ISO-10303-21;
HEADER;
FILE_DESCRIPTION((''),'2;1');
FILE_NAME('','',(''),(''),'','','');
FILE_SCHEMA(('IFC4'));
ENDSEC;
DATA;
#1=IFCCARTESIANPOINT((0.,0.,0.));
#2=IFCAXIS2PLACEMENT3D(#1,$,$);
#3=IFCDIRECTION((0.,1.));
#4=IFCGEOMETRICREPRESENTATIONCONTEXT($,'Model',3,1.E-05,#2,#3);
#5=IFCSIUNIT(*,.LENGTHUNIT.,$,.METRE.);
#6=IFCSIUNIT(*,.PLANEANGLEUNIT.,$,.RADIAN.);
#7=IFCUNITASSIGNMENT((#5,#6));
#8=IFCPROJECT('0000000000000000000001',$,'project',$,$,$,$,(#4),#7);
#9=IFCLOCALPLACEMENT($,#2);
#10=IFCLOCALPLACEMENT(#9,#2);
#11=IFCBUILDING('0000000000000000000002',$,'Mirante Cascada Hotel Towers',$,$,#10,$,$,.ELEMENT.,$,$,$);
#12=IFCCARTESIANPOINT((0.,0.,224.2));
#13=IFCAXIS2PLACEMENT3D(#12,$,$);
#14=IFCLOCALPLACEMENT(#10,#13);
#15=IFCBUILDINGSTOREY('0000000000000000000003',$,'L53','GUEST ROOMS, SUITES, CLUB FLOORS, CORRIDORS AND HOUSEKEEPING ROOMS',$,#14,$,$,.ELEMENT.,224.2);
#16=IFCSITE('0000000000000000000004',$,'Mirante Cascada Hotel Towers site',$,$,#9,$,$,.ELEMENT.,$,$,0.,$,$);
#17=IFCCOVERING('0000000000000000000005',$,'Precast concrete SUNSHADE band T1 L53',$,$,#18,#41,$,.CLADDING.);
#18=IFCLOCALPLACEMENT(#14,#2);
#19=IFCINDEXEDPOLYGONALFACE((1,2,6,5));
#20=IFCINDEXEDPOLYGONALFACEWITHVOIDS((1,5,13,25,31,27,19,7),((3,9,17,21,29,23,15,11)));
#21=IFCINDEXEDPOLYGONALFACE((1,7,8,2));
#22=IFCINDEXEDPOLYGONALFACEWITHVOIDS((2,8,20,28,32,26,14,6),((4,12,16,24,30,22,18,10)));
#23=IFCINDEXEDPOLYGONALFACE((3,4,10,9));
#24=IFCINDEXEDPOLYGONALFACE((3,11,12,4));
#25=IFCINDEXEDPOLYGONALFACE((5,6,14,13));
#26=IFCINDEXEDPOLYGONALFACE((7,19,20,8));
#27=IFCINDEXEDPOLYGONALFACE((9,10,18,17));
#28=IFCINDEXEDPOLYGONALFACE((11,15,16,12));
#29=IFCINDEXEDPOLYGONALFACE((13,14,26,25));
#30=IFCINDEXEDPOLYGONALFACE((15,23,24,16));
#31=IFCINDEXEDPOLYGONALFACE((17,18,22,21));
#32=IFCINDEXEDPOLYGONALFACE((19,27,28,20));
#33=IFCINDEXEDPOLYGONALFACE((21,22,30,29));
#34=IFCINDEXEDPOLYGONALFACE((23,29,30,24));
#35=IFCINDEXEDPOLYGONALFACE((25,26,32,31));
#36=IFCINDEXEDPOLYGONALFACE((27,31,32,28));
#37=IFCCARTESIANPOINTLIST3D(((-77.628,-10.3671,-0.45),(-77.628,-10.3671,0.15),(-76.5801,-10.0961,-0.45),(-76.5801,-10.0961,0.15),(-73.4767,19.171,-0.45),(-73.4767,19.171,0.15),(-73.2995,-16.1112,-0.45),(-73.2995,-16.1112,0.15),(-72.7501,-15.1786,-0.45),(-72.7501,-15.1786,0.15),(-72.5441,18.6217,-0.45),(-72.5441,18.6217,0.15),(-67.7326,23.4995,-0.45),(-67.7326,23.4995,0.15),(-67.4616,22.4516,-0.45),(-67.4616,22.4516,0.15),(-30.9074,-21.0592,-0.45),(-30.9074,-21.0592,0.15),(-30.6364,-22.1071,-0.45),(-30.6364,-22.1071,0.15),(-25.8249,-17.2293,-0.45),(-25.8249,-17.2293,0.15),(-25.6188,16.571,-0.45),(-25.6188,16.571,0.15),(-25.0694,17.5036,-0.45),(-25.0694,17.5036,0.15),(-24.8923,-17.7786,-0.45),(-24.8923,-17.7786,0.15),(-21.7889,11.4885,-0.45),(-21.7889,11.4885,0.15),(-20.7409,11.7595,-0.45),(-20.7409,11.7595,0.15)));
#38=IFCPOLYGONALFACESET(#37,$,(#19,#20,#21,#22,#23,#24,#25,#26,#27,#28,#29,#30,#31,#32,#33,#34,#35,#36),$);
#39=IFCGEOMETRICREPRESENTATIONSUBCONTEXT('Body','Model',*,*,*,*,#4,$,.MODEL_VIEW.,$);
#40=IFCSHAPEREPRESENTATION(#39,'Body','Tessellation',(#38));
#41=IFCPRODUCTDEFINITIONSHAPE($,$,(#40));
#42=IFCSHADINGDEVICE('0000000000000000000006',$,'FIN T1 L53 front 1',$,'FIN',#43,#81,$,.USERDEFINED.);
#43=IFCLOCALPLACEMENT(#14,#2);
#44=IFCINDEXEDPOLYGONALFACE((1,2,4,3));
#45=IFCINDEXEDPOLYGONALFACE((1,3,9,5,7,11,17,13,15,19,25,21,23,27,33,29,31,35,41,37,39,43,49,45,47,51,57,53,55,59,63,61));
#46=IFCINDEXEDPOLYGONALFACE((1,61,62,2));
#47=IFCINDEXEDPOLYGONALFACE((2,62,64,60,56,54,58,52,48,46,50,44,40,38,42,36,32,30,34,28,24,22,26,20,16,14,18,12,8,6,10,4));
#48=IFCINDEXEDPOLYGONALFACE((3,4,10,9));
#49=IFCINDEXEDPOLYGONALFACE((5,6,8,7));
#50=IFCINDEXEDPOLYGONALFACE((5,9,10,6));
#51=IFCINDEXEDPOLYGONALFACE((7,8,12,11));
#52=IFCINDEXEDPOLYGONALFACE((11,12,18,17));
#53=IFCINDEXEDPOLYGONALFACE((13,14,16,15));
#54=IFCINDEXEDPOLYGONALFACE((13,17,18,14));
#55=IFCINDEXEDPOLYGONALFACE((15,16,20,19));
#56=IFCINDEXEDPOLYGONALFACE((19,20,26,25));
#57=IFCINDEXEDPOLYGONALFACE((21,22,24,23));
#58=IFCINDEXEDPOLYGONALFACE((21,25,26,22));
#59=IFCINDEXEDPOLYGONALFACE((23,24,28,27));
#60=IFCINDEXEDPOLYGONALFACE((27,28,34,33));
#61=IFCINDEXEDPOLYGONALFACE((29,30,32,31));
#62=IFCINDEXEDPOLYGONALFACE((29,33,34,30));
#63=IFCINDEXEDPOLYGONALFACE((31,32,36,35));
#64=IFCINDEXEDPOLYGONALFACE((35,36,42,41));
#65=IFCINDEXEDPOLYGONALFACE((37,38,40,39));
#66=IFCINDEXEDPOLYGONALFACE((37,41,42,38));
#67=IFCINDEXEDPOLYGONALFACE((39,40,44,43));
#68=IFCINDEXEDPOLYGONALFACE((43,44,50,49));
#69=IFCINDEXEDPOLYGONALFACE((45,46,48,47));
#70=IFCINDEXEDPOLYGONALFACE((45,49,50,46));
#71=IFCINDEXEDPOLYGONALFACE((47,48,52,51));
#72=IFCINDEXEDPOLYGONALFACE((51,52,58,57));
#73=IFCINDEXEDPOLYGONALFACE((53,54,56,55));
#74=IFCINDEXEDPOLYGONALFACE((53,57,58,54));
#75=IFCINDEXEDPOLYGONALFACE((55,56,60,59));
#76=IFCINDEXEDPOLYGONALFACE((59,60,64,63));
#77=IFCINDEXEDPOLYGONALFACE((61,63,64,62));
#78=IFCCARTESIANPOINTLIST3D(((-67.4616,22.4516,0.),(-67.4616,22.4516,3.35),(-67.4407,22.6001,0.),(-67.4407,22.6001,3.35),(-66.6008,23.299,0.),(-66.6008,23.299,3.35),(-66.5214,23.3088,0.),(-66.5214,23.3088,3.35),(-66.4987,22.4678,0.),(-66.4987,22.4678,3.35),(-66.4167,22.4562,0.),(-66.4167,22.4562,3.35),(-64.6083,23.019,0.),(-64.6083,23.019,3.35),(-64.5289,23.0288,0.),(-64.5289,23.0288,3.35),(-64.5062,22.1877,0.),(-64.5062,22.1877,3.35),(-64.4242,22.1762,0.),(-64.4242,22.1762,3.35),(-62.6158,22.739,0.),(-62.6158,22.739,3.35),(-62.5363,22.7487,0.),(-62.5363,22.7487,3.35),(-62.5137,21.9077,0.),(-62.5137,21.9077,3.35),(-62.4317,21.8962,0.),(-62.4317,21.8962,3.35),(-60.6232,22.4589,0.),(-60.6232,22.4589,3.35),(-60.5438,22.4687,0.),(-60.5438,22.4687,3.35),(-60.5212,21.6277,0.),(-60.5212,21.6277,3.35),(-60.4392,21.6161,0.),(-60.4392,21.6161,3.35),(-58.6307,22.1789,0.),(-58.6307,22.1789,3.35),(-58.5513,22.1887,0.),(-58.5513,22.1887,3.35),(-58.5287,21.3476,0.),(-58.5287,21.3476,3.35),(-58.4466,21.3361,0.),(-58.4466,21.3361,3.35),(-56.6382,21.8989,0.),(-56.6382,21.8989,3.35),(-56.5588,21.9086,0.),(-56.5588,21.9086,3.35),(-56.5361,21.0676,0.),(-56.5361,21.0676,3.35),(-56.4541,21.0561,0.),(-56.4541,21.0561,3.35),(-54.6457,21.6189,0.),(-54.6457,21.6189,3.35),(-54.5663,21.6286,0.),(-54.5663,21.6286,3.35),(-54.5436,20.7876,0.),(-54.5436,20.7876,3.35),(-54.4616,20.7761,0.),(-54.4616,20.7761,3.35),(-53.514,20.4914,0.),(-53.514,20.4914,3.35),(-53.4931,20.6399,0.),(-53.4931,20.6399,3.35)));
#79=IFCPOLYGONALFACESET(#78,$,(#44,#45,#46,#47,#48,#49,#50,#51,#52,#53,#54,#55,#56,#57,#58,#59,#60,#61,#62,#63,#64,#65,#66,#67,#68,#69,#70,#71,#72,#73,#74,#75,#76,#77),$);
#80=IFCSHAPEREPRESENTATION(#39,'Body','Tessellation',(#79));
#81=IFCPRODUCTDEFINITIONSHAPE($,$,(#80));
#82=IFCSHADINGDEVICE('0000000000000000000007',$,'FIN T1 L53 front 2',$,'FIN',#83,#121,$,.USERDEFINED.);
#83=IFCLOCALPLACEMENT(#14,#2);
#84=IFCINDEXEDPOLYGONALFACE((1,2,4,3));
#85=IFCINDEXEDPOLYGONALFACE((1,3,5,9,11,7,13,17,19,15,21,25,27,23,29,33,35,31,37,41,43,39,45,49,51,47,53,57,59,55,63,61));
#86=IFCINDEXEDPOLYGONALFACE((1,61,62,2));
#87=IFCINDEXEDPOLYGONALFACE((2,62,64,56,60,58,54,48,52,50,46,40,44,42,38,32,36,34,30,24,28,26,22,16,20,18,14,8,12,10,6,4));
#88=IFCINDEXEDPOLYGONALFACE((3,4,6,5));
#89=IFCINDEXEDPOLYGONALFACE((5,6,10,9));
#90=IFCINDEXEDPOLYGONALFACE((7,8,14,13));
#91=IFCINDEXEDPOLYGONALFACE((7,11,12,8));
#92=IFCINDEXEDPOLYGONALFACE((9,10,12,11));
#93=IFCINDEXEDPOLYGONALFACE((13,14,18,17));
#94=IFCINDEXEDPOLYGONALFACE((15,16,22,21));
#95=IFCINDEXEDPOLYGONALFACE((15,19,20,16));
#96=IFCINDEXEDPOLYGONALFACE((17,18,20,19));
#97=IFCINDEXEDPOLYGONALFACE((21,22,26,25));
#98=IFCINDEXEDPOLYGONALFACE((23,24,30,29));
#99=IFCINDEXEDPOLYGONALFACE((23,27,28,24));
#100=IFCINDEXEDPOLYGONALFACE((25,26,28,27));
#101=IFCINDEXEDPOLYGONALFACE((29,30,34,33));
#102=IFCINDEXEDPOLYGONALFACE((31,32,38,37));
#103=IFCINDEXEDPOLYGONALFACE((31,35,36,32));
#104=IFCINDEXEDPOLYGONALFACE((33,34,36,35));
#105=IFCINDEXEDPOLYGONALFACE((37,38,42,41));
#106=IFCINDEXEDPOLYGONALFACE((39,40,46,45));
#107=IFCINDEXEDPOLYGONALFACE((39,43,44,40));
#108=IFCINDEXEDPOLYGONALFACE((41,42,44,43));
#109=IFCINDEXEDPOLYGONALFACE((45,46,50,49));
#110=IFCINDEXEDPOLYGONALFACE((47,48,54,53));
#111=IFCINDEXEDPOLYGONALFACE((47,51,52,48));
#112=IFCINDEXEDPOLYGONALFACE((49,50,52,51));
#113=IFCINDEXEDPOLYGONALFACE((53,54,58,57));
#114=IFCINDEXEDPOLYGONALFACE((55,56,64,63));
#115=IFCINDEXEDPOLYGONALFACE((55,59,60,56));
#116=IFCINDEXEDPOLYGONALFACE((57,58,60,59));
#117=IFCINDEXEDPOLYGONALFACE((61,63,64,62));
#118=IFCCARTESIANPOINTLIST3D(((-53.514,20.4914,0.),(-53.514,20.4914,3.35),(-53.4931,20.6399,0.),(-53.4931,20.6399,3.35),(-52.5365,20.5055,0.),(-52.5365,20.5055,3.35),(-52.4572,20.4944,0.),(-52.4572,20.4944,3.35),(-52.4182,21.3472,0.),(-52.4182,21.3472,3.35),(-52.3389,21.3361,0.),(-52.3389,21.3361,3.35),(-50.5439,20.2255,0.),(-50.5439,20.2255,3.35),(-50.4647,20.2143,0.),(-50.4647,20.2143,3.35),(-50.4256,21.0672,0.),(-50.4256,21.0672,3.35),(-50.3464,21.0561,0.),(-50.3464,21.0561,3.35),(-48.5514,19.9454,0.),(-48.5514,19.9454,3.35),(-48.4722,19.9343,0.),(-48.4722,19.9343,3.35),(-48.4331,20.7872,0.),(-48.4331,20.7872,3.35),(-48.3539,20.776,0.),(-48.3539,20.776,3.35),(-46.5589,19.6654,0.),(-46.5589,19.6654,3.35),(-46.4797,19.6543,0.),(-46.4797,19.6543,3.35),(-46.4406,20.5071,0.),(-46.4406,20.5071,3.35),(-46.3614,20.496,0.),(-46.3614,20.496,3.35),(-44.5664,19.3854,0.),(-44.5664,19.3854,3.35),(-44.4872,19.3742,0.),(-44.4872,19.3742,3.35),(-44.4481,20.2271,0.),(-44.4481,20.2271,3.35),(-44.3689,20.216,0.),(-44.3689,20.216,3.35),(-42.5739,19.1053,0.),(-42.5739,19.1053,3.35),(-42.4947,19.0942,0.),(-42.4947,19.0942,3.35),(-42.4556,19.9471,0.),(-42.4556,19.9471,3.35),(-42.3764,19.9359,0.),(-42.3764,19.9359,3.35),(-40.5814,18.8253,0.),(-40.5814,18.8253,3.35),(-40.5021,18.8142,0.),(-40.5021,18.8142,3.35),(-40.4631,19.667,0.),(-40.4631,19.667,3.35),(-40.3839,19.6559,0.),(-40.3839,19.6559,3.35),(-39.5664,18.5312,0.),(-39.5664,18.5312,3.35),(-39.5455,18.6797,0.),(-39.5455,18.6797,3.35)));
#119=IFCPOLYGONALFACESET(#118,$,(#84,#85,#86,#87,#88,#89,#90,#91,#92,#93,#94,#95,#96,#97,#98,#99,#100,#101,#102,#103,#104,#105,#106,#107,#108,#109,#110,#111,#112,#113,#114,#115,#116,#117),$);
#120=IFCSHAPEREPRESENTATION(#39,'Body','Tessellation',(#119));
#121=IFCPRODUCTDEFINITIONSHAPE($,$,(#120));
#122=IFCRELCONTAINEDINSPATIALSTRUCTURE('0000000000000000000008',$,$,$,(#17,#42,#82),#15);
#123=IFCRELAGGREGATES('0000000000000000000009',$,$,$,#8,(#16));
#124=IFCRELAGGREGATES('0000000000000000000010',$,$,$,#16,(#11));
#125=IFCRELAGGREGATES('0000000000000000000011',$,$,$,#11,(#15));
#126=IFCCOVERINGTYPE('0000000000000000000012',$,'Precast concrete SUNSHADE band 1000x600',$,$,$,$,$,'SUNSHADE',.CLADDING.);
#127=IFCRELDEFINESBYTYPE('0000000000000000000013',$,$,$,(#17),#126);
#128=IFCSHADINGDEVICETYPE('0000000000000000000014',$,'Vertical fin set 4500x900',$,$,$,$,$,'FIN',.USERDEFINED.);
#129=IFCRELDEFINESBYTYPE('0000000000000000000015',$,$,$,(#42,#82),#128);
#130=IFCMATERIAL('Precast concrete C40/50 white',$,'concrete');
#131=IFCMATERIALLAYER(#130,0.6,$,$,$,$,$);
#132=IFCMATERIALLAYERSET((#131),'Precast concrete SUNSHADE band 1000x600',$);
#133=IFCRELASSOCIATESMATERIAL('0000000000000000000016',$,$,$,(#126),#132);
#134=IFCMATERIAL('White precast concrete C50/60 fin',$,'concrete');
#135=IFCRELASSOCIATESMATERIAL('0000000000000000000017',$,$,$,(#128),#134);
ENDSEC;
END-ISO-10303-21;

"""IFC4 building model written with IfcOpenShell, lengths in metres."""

from ifc_helpers import new_model, si_unit, direction, frame, origin, place, context, subcontext, project, spatial, polyline, outline, extrude, material, layer, layer_set, type_object, element, save


model = new_model("IFC4")

# Units and contexts
model_context = context("Model", 3, precision=1e-05, world=origin(), true_north=direction((0.0, 1.0)))
body_context = subcontext(model_context, "Body", "Model", "MODEL_VIEW")
ifc_project = project(units=[si_unit("LENGTHUNIT", "METRE"), si_unit("PLANEANGLEUNIT", "RADIAN")], contexts=[model_context])

# Site, building, storey
site_placement = place(None, origin())
site = spatial("IfcSite", under=ifc_project, at=site_placement, Name="Mirante Cascada Hotel Towers site", CompositionType="ELEMENT", RefElevation=0.0)
building_placement = place(site_placement, origin())
building = spatial("IfcBuilding", under=site, at=building_placement, Name="Mirante Cascada Hotel Towers", CompositionType="ELEMENT")
storey_placement = place(building_placement, frame((0.0, 0.0, 224.2)))
storey = spatial("IfcBuildingStorey", under=building, at=storey_placement, Name="L53", Description="GUEST ROOMS, SUITES, CLUB FLOORS, CORRIDORS AND HOUSEKEEPING ROOMS", CompositionType="ELEMENT", Elevation=224.2)

# Covering
ifc_material_1 = material(Name="Precast concrete C40/50 white", Category="concrete")
ifc_layer_1 = layer(ifc_material_1, 0.6)
ifc_layer_set_1 = layer_set([ifc_layer_1], Name="Precast concrete SUNSHADE band 1000x600")
covering_type = type_object("IfcCoveringType", Name="Precast concrete SUNSHADE band 1000x600", ElementType="SUNSHADE", PredefinedType="CLADDING", material=ifc_layer_set_1)
covering_placement = place(storey_placement, frame((0.0, 0.0, -0.45)))
element("IfcCovering", 1, at=covering_placement, inside=storey, type_object=covering_type, Name="Precast concrete SUNSHADE band T1 L53", PredefinedType="CLADDING", context=body_context, shape_type="SweptSolid", body=[
    extrude(outline(polyline([(-77.628, -10.3671), (-73.4767, 19.171), (-67.7326, 23.4995), (-25.0694, 17.5036), (-20.7409, 11.7595), (-24.8923, -17.7786), (-30.6364, -22.1071), (-73.2995, -16.1112), (-77.628, -10.3671)]), holes=[polyline([(-21.7889, 11.4885), (-25.6188, 16.571), (-67.4616, 22.4516), (-72.5441, 18.6217), (-76.5801, -10.0961), (-72.7501, -15.1786), (-30.9074, -21.0592), (-25.8249, -17.2293), (-21.7889, 11.4885)])]), origin(), (0.0, 0.0, 1.0), 0.6),
])

# Shading devices
ifc_material_2 = material(Name="White precast concrete C50/60 fin", Category="concrete")
shading_device_type = type_object("IfcShadingDeviceType", Name="Vertical fin set 4500x900", ElementType="FIN", PredefinedType="USERDEFINED", material=ifc_material_2)
shading_device_1_placement = place(storey_placement, origin())
element("IfcShadingDevice", 2, at=shading_device_1_placement, inside=storey, type_object=shading_device_type, Name="FIN T1 L53 front 1", ObjectType="FIN", PredefinedType="USERDEFINED", context=body_context, shape_type="SweptSolid", body=[
    extrude(outline(polyline([(-54.4616, 20.7761), (-53.4931, 20.6399), (-53.514, 20.4914), (-67.4616, 22.4516), (-67.4407, 22.6001), (-66.4987, 22.4678), (-66.6008, 23.299), (-66.5214, 23.3088), (-66.4167, 22.4562), (-64.5062, 22.1877), (-64.6083, 23.019), (-64.5289, 23.0288), (-64.4242, 22.1762), (-62.5137, 21.9077), (-62.6158, 22.739), (-62.5363, 22.7487), (-62.4317, 21.8962), (-60.5212, 21.6277), (-60.6232, 22.4589), (-60.5438, 22.4687), (-60.4392, 21.6161), (-58.5287, 21.3476), (-58.6307, 22.1789), (-58.5513, 22.1887), (-58.4466, 21.3361), (-56.5361, 21.0676), (-56.6382, 21.8989), (-56.5588, 21.9086), (-56.4541, 21.0561), (-54.5436, 20.7876), (-54.6457, 21.6189), (-54.5663, 21.6286), (-54.4616, 20.7761)])), origin(), (0.0, 0.0, 1.0), 3.35),
])
shading_device_2_placement = place(storey_placement, origin())
element("IfcShadingDevice", 3, at=shading_device_2_placement, inside=storey, type_object=shading_device_type, Name="FIN T1 L53 front 2", ObjectType="FIN", PredefinedType="USERDEFINED", context=body_context, shape_type="SweptSolid", body=[
    extrude(outline(polyline([(-40.5021, 18.8142), (-39.5455, 18.6797), (-39.5664, 18.5312), (-53.514, 20.4914), (-53.4931, 20.6399), (-52.5365, 20.5055), (-52.4182, 21.3472), (-52.3389, 21.3361), (-52.4572, 20.4944), (-50.5439, 20.2255), (-50.4256, 21.0672), (-50.3464, 21.0561), (-50.4647, 20.2143), (-48.5514, 19.9454), (-48.4331, 20.7872), (-48.3539, 20.776), (-48.4722, 19.9343), (-46.5589, 19.6654), (-46.4406, 20.5071), (-46.3614, 20.496), (-46.4797, 19.6543), (-44.5664, 19.3854), (-44.4481, 20.2271), (-44.3689, 20.216), (-44.4872, 19.3742), (-42.5739, 19.1053), (-42.4556, 19.9471), (-42.3764, 19.9359), (-42.4947, 19.0942), (-40.5814, 18.8253), (-40.4631, 19.667), (-40.3839, 19.6559), (-40.5021, 18.8142)])), origin(), (0.0, 0.0, 1.0), 3.35),
])

save(model, "model.ifc")
